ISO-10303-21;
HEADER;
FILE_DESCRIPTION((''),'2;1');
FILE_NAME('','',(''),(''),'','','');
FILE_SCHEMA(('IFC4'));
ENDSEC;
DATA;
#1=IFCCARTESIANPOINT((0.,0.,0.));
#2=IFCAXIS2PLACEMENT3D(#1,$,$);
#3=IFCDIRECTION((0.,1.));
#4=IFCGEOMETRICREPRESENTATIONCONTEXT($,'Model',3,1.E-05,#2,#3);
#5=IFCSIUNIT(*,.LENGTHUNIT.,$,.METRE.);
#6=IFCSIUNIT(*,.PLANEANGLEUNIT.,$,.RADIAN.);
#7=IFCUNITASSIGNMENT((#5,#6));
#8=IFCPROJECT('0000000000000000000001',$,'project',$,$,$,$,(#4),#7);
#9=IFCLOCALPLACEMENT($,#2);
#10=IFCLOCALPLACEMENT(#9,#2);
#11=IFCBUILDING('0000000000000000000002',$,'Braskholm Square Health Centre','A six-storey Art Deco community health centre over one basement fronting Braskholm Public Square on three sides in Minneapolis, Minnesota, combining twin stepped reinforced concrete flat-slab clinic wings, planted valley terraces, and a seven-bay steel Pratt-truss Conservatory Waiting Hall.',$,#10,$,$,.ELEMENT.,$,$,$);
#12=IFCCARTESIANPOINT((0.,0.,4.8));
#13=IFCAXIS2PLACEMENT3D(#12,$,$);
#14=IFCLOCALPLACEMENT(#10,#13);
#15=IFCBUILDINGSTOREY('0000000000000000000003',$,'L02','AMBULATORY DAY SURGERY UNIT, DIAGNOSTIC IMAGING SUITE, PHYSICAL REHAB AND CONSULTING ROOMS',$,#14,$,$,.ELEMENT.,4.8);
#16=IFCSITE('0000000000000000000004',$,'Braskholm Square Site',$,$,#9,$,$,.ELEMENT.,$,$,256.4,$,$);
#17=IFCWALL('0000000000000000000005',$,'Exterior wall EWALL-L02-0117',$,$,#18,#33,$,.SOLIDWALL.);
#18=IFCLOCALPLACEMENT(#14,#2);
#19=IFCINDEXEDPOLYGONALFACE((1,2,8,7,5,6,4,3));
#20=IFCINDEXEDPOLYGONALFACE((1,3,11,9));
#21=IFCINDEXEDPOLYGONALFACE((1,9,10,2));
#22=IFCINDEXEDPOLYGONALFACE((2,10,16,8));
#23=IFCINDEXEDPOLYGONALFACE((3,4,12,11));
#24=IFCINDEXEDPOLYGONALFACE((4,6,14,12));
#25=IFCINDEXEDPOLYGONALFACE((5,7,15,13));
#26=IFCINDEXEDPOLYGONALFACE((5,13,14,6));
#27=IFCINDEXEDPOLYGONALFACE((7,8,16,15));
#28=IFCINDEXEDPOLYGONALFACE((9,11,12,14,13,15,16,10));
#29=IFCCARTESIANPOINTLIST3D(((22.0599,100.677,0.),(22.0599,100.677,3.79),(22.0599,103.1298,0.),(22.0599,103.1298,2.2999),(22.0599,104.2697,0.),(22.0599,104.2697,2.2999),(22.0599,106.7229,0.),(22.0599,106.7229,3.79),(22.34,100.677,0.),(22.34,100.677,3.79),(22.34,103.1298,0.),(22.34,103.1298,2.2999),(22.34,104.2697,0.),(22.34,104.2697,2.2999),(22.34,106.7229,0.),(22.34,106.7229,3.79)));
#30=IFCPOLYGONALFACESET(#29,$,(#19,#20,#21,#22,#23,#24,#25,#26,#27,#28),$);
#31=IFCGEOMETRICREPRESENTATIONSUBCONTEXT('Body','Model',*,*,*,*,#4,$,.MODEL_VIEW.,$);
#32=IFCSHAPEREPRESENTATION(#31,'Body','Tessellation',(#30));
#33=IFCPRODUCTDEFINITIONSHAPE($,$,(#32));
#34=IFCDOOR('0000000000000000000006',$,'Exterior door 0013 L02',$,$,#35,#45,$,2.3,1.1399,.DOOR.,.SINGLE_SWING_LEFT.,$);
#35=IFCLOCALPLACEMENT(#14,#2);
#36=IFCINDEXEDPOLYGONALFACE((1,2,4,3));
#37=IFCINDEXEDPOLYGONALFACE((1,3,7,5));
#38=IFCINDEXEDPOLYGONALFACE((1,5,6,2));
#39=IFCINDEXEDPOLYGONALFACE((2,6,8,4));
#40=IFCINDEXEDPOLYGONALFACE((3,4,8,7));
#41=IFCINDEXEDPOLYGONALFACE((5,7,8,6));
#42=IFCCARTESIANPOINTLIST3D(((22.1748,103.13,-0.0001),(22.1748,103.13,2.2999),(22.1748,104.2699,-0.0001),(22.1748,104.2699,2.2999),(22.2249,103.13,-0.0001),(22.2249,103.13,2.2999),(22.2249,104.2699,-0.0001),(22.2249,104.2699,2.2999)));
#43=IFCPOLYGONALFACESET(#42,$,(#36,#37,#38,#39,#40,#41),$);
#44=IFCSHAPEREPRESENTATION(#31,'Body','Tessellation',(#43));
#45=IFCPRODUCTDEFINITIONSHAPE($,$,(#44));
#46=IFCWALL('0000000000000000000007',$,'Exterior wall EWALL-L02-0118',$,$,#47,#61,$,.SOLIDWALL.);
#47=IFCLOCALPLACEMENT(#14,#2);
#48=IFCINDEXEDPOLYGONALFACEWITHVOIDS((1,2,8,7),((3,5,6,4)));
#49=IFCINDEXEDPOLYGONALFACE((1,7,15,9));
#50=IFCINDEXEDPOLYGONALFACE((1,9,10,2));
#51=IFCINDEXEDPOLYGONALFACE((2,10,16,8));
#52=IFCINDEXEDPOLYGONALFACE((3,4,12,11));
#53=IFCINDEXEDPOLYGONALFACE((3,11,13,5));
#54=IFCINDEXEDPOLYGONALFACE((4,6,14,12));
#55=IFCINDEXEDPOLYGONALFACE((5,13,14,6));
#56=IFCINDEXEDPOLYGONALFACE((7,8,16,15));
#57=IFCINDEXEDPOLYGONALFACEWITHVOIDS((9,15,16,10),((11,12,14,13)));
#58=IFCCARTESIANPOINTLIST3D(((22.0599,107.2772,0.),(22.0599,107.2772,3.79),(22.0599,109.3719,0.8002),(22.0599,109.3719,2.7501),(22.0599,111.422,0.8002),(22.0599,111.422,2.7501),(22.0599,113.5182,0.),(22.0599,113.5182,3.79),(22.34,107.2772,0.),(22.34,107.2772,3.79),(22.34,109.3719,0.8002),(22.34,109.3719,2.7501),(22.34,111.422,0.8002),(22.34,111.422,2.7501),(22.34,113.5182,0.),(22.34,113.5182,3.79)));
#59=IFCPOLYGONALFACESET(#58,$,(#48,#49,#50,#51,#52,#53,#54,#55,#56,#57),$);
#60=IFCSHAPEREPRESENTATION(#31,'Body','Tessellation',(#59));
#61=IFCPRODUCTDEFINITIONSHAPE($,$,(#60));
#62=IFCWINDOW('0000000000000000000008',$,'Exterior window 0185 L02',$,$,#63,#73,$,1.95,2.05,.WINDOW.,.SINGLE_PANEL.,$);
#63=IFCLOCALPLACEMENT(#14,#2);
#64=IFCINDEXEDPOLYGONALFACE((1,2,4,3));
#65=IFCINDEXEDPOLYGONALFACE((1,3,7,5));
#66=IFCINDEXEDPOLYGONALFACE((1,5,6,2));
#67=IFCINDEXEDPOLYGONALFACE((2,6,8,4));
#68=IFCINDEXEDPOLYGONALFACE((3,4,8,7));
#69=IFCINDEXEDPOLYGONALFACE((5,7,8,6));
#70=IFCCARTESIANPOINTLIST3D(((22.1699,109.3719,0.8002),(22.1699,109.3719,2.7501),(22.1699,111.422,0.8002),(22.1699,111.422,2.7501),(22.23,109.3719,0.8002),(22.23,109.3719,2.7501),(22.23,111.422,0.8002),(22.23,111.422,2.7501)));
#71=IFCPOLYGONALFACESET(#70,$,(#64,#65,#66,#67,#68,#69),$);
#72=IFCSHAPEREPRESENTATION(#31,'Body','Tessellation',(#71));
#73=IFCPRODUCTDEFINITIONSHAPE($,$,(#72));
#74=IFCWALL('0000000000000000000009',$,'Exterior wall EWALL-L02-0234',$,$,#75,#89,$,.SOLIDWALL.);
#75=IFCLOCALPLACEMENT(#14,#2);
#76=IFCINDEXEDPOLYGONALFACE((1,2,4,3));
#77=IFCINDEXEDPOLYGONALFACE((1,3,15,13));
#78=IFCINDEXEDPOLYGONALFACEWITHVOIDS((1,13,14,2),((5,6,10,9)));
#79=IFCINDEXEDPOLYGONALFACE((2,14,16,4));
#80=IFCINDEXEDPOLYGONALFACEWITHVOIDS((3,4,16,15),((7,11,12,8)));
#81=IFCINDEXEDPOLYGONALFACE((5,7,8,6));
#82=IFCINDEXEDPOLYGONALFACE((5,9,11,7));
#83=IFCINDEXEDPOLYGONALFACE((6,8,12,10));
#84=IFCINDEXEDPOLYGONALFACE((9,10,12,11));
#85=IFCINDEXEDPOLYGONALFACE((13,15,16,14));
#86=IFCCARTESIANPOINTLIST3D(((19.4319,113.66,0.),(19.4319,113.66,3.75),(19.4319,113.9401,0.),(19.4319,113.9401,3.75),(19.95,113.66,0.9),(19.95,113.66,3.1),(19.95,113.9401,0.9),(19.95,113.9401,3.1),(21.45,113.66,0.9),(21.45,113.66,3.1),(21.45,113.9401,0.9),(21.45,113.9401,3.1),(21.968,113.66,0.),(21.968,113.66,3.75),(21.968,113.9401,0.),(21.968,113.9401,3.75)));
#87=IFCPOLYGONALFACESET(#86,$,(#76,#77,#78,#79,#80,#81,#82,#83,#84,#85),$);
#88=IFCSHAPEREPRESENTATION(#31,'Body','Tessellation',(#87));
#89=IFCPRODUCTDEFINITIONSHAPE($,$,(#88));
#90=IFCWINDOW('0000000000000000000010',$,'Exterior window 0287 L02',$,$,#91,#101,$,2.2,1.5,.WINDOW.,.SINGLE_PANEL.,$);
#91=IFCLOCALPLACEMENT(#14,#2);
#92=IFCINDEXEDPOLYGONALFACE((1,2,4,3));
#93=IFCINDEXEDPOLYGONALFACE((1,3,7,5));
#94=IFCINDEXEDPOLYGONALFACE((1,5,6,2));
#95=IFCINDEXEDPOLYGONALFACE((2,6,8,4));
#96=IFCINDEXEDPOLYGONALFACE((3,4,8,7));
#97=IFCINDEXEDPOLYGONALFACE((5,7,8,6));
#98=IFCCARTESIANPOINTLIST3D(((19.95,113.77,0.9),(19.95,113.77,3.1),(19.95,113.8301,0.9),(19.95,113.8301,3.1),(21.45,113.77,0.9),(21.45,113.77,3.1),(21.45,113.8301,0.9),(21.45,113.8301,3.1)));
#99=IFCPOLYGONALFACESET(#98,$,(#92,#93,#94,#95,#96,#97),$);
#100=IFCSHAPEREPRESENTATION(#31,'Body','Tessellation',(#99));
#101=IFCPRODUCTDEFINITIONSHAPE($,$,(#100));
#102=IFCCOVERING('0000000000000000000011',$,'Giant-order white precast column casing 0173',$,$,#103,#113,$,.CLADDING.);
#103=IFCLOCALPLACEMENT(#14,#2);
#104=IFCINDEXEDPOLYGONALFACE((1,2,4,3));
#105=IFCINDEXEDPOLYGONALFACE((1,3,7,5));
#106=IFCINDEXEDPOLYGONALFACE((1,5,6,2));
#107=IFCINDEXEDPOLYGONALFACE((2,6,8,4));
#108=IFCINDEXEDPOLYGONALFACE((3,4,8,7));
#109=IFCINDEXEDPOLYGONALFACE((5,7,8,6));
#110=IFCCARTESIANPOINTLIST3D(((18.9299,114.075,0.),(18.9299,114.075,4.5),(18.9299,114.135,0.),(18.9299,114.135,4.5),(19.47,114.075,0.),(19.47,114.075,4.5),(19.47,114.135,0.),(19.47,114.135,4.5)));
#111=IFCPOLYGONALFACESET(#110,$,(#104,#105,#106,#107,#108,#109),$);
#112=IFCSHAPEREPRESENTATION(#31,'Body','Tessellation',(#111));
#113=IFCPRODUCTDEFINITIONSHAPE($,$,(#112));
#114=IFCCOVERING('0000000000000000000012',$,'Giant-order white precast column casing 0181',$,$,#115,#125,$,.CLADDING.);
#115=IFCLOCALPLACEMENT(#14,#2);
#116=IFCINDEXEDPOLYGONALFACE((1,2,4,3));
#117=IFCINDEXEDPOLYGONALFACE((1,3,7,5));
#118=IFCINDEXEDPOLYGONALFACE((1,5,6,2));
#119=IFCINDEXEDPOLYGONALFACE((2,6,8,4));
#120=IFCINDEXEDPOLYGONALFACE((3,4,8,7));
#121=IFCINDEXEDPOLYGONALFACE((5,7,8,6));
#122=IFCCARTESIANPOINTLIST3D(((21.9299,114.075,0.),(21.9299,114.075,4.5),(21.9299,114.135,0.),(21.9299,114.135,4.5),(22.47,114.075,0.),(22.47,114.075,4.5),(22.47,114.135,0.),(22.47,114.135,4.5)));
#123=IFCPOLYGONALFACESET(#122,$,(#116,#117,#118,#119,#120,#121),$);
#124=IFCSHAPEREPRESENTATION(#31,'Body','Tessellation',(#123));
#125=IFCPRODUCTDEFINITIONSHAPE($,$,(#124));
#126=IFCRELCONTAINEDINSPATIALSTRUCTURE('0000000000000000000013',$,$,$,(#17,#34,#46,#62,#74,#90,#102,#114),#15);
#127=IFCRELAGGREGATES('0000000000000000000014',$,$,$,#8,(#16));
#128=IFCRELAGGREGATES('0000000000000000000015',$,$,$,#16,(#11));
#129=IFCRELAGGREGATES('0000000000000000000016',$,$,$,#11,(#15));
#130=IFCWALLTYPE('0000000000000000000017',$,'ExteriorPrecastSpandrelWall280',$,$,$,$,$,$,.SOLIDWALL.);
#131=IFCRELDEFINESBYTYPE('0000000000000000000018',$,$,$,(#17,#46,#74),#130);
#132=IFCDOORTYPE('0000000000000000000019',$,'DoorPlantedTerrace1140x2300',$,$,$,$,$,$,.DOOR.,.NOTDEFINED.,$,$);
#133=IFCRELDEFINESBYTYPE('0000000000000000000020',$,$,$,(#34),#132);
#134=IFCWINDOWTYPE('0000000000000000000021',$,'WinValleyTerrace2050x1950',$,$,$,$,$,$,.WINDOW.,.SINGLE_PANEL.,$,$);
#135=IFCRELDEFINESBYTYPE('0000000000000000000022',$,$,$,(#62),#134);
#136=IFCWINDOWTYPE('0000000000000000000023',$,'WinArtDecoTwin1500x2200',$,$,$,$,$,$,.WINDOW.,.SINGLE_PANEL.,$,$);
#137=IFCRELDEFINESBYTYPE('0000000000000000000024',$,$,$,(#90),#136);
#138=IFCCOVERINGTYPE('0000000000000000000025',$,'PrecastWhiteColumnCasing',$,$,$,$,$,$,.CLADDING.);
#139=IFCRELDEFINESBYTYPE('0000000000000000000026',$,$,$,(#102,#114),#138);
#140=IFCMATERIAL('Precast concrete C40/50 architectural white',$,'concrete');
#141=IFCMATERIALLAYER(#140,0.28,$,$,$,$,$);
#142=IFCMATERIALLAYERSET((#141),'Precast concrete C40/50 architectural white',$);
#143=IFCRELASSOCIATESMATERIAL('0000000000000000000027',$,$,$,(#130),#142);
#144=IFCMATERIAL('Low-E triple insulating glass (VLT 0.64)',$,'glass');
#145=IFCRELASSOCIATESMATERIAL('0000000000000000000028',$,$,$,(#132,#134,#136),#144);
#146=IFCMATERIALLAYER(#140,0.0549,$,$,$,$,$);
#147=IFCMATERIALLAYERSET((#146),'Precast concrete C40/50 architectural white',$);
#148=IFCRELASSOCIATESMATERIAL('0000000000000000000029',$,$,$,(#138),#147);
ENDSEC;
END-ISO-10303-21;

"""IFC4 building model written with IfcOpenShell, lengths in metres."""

from ifc_helpers import new_model, si_unit, direction, frame, frame_2d, origin, origin_with_axes, origin_2d, place, context, subcontext, project, spatial, rectangle, extrude, material, layer, layer_set, type_object, element, fill, save


model = new_model("IFC4")

# Units and contexts
model_context = context("Model", 3, precision=1e-05, world=origin(), true_north=direction((0.0, 1.0)))
body_context = subcontext(model_context, "Body", "Model", "MODEL_VIEW")
ifc_project = project(units=[si_unit("LENGTHUNIT", "METRE"), si_unit("PLANEANGLEUNIT", "RADIAN")], contexts=[model_context])

# Site, building, storey
site_placement = place(None, origin())
site = spatial("IfcSite", under=ifc_project, at=site_placement, Name="Braskholm Square Site", CompositionType="ELEMENT", RefElevation=256.4)
building_placement = place(site_placement, origin())
building = spatial("IfcBuilding", under=site, at=building_placement, Name="Braskholm Square Health Centre", Description="A six-storey Art Deco community health centre over one basement fronting Braskholm Public Square on three sides in Minneapolis, Minnesota, combining twin stepped reinforced concrete flat-slab clinic wings, planted valley terraces, and a seven-bay steel Pratt-truss Conservatory Waiting Hall.", CompositionType="ELEMENT")
storey_placement = place(building_placement, frame((0.0, 0.0, 4.8)))
storey = spatial("IfcBuildingStorey", under=building, at=storey_placement, Name="L02", Description="AMBULATORY DAY SURGERY UNIT, DIAGNOSTIC IMAGING SUITE, PHYSICAL REHAB AND CONSULTING ROOMS", CompositionType="ELEMENT", Elevation=4.8)

# Shared definitions
ifc_material_1 = material(Name="Precast concrete C40/50 architectural white", Category="concrete")

# Wall, opening, door
ifc_layer_1 = layer(ifc_material_1, 0.28)
ifc_layer_set_1 = layer_set([ifc_layer_1], Name="Precast concrete C40/50 architectural white")
wall_type = type_object("IfcWallType", Name="ExteriorPrecastSpandrelWall280", PredefinedType="SOLIDWALL", material=ifc_layer_set_1)
wall_1_placement = place(storey_placement, frame((22.2, 100.677, 0.0), z_axis=(0.0, 0.0, 1.0), x_axis=(0.0, 1.0, 0.0)))
wall_1 = element("IfcWall", 1, at=wall_1_placement, inside=storey, type_object=wall_type, Name="Exterior wall EWALL-L02-0117", PredefinedType="SOLIDWALL", context=body_context, shape_type="SweptSolid", body=[
    extrude(rectangle(XDim=6.0459, YDim=0.28, at=frame_2d((3.0229, 0.0))), origin(), (0.0, 0.0, 1.0), 3.79),
])
opening_1_placement = place(wall_1_placement, frame((2.4529, 0.0, 0.0)))
opening_1 = element("IfcOpeningElement", 2, at=opening_1_placement, cuts=wall_1, PredefinedType="OPENING", context=body_context, shape_type="SweptSolid", body=[
    extrude(rectangle(XDim=1.1399, YDim=2.3, at=frame_2d((0.5698, 1.1499))), frame((0.0, 0.1499, 0.0), z_axis=(0.0, -1.0, 0.0), x_axis=(1.0, 0.0, 0.0)), (0.0, 0.0, 1.0), 0.3),
])
ifc_material_2 = material(Name="Low-E triple insulating glass (VLT 0.64)", Category="glass")
door_type = type_object("IfcDoorType", Name="DoorPlantedTerrace1140x2300", OperationType="NOTDEFINED", PredefinedType="DOOR", material=ifc_material_2)
door_placement = place(opening_1_placement, frame((1.1399, 0.0, 0.0), z_axis=(0.0, 0.0, 1.0), x_axis=(-1.0, 0.0, 0.0)))
door = element("IfcDoor", 3, at=door_placement, inside=storey, type_object=door_type, Name="Exterior door 0013 L02", OperationType="SINGLE_SWING_LEFT", OverallHeight=2.3, OverallWidth=1.1399, PredefinedType="DOOR", context=body_context, shape_type="SweptSolid", body=[
    extrude(rectangle(XDim=1.1399, YDim=2.3, at=frame_2d((0.5698, 1.1499))), frame((0.0, 0.0249, 0.0), z_axis=(0.0, -1.0, 0.0), x_axis=(1.0, 0.0, 0.0)), (0.0, 0.0, 1.0), 0.05),
])
fill(opening_1, door)

# Walls, openings, windows
wall_2_placement = place(storey_placement, frame((22.2, 107.2771, 0.0), z_axis=(0.0, 0.0, 1.0), x_axis=(0.0, 1.0, 0.0)))
wall_2 = element("IfcWall", 4, at=wall_2_placement, inside=storey, type_object=wall_type, Name="Exterior wall EWALL-L02-0118", PredefinedType="SOLIDWALL", context=body_context, shape_type="SweptSolid", body=[
    extrude(rectangle(XDim=6.241, YDim=0.28, at=frame_2d((3.1206, 0.0))), origin(), (0.0, 0.0, 1.0), 3.79),
])
opening_2_placement = place(wall_2_placement, frame((2.095, 0.0, 0.8)))
opening_2 = element("IfcOpeningElement", 5, at=opening_2_placement, cuts=wall_2, PredefinedType="OPENING", context=body_context, shape_type="SweptSolid", body=[
    extrude(rectangle(XDim=2.05, YDim=1.95, at=frame_2d((1.0249, 0.9751))), frame((0.0, 0.1499, 0.0), z_axis=(0.0, -1.0, 0.0), x_axis=(1.0, 0.0, 0.0)), (0.0, 0.0, 1.0), 0.3),
])
window_type_1 = type_object("IfcWindowType", Name="WinValleyTerrace2050x1950", PartitioningType="SINGLE_PANEL", PredefinedType="WINDOW", material=ifc_material_2)
window_1_placement = place(opening_2_placement, origin_with_axes())
window_1 = element("IfcWindow", 6, at=window_1_placement, inside=storey, type_object=window_type_1, Name="Exterior window 0185 L02", OverallHeight=1.95, OverallWidth=2.05, PartitioningType="SINGLE_PANEL", PredefinedType="WINDOW", context=body_context, shape_type="SweptSolid", body=[
    extrude(rectangle(XDim=2.05, YDim=1.95, at=frame_2d((1.0249, 0.9751))), frame((0.0, 0.03, 0.0), z_axis=(0.0, -1.0, 0.0), x_axis=(1.0, 0.0, 0.0)), (0.0, 0.0, 1.0), 0.0601),
])
fill(opening_2, window_1)
wall_3_placement = place(storey_placement, frame((21.968, 113.8, 0.0), z_axis=(0.0, 0.0, 1.0), x_axis=(-1.0, 0.0, 0.0)))
wall_3 = element("IfcWall", 7, at=wall_3_placement, inside=storey, type_object=wall_type, Name="Exterior wall EWALL-L02-0234", PredefinedType="SOLIDWALL", context=body_context, shape_type="SweptSolid", body=[
    extrude(rectangle(XDim=2.5361, YDim=0.28, at=frame_2d((1.2681, 0.0))), origin(), (0.0, 0.0, 1.0), 3.75),
])
opening_3_placement = place(wall_3_placement, frame((0.5181, 0.0, 0.8999)))
opening_3 = element("IfcOpeningElement", 8, at=opening_3_placement, cuts=wall_3, PredefinedType="OPENING", context=body_context, shape_type="SweptSolid", body=[
    extrude(rectangle(XDim=1.5, YDim=2.2, at=frame_2d((0.75, 1.1001))), frame((0.0, 0.1499, 0.0), z_axis=(0.0, -1.0, 0.0), x_axis=(1.0, 0.0, 0.0)), (0.0, 0.0, 1.0), 0.3),
])
window_type_2 = type_object("IfcWindowType", Name="WinArtDecoTwin1500x2200", PartitioningType="SINGLE_PANEL", PredefinedType="WINDOW", material=ifc_material_2)
window_2_placement = place(opening_3_placement, origin_with_axes())
window_2 = element("IfcWindow", 9, at=window_2_placement, inside=storey, type_object=window_type_2, Name="Exterior window 0287 L02", OverallHeight=2.2, OverallWidth=1.5, PartitioningType="SINGLE_PANEL", PredefinedType="WINDOW", context=body_context, shape_type="SweptSolid", body=[
    extrude(rectangle(XDim=1.5, YDim=2.2, at=frame_2d((0.75, 1.1001))), frame((0.0, 0.03, 0.0), z_axis=(0.0, -1.0, 0.0), x_axis=(1.0, 0.0, 0.0)), (0.0, 0.0, 1.0), 0.0601),
])
fill(opening_3, window_2)

# Coverings
ifc_layer_2 = layer(ifc_material_1, 0.0549)
ifc_layer_set_2 = layer_set([ifc_layer_2], Name="Precast concrete C40/50 architectural white")
covering_type = type_object("IfcCoveringType", Name="PrecastWhiteColumnCasing", PredefinedType="CLADDING", material=ifc_layer_set_2)
for number, where, z_axis, x_axis, name in (
    (10, (19.2, 114.105, 0.0), (0.0, 0.0, 1.0), (1.0, 0.0, 0.0), "Giant-order white precast column casing 0173"),
    (11, (22.2, 114.105, 0.0), (0.0, 0.0, 1.0), (1.0, 0.0, 0.0), "Giant-order white precast column casing 0181"),
):
    element("IfcCovering", number, at=place(storey_placement, frame(where, z_axis=z_axis, x_axis=x_axis)), inside=storey, type_object=covering_type, Name=name, PredefinedType="CLADDING", context=body_context, shape_type="SweptSolid", body=[
        extrude(rectangle(XDim=0.54, YDim=0.0601, at=origin_2d()), origin(), (0.0, 0.0, 1.0), 4.5),
    ])

save(model, "model.ifc")
